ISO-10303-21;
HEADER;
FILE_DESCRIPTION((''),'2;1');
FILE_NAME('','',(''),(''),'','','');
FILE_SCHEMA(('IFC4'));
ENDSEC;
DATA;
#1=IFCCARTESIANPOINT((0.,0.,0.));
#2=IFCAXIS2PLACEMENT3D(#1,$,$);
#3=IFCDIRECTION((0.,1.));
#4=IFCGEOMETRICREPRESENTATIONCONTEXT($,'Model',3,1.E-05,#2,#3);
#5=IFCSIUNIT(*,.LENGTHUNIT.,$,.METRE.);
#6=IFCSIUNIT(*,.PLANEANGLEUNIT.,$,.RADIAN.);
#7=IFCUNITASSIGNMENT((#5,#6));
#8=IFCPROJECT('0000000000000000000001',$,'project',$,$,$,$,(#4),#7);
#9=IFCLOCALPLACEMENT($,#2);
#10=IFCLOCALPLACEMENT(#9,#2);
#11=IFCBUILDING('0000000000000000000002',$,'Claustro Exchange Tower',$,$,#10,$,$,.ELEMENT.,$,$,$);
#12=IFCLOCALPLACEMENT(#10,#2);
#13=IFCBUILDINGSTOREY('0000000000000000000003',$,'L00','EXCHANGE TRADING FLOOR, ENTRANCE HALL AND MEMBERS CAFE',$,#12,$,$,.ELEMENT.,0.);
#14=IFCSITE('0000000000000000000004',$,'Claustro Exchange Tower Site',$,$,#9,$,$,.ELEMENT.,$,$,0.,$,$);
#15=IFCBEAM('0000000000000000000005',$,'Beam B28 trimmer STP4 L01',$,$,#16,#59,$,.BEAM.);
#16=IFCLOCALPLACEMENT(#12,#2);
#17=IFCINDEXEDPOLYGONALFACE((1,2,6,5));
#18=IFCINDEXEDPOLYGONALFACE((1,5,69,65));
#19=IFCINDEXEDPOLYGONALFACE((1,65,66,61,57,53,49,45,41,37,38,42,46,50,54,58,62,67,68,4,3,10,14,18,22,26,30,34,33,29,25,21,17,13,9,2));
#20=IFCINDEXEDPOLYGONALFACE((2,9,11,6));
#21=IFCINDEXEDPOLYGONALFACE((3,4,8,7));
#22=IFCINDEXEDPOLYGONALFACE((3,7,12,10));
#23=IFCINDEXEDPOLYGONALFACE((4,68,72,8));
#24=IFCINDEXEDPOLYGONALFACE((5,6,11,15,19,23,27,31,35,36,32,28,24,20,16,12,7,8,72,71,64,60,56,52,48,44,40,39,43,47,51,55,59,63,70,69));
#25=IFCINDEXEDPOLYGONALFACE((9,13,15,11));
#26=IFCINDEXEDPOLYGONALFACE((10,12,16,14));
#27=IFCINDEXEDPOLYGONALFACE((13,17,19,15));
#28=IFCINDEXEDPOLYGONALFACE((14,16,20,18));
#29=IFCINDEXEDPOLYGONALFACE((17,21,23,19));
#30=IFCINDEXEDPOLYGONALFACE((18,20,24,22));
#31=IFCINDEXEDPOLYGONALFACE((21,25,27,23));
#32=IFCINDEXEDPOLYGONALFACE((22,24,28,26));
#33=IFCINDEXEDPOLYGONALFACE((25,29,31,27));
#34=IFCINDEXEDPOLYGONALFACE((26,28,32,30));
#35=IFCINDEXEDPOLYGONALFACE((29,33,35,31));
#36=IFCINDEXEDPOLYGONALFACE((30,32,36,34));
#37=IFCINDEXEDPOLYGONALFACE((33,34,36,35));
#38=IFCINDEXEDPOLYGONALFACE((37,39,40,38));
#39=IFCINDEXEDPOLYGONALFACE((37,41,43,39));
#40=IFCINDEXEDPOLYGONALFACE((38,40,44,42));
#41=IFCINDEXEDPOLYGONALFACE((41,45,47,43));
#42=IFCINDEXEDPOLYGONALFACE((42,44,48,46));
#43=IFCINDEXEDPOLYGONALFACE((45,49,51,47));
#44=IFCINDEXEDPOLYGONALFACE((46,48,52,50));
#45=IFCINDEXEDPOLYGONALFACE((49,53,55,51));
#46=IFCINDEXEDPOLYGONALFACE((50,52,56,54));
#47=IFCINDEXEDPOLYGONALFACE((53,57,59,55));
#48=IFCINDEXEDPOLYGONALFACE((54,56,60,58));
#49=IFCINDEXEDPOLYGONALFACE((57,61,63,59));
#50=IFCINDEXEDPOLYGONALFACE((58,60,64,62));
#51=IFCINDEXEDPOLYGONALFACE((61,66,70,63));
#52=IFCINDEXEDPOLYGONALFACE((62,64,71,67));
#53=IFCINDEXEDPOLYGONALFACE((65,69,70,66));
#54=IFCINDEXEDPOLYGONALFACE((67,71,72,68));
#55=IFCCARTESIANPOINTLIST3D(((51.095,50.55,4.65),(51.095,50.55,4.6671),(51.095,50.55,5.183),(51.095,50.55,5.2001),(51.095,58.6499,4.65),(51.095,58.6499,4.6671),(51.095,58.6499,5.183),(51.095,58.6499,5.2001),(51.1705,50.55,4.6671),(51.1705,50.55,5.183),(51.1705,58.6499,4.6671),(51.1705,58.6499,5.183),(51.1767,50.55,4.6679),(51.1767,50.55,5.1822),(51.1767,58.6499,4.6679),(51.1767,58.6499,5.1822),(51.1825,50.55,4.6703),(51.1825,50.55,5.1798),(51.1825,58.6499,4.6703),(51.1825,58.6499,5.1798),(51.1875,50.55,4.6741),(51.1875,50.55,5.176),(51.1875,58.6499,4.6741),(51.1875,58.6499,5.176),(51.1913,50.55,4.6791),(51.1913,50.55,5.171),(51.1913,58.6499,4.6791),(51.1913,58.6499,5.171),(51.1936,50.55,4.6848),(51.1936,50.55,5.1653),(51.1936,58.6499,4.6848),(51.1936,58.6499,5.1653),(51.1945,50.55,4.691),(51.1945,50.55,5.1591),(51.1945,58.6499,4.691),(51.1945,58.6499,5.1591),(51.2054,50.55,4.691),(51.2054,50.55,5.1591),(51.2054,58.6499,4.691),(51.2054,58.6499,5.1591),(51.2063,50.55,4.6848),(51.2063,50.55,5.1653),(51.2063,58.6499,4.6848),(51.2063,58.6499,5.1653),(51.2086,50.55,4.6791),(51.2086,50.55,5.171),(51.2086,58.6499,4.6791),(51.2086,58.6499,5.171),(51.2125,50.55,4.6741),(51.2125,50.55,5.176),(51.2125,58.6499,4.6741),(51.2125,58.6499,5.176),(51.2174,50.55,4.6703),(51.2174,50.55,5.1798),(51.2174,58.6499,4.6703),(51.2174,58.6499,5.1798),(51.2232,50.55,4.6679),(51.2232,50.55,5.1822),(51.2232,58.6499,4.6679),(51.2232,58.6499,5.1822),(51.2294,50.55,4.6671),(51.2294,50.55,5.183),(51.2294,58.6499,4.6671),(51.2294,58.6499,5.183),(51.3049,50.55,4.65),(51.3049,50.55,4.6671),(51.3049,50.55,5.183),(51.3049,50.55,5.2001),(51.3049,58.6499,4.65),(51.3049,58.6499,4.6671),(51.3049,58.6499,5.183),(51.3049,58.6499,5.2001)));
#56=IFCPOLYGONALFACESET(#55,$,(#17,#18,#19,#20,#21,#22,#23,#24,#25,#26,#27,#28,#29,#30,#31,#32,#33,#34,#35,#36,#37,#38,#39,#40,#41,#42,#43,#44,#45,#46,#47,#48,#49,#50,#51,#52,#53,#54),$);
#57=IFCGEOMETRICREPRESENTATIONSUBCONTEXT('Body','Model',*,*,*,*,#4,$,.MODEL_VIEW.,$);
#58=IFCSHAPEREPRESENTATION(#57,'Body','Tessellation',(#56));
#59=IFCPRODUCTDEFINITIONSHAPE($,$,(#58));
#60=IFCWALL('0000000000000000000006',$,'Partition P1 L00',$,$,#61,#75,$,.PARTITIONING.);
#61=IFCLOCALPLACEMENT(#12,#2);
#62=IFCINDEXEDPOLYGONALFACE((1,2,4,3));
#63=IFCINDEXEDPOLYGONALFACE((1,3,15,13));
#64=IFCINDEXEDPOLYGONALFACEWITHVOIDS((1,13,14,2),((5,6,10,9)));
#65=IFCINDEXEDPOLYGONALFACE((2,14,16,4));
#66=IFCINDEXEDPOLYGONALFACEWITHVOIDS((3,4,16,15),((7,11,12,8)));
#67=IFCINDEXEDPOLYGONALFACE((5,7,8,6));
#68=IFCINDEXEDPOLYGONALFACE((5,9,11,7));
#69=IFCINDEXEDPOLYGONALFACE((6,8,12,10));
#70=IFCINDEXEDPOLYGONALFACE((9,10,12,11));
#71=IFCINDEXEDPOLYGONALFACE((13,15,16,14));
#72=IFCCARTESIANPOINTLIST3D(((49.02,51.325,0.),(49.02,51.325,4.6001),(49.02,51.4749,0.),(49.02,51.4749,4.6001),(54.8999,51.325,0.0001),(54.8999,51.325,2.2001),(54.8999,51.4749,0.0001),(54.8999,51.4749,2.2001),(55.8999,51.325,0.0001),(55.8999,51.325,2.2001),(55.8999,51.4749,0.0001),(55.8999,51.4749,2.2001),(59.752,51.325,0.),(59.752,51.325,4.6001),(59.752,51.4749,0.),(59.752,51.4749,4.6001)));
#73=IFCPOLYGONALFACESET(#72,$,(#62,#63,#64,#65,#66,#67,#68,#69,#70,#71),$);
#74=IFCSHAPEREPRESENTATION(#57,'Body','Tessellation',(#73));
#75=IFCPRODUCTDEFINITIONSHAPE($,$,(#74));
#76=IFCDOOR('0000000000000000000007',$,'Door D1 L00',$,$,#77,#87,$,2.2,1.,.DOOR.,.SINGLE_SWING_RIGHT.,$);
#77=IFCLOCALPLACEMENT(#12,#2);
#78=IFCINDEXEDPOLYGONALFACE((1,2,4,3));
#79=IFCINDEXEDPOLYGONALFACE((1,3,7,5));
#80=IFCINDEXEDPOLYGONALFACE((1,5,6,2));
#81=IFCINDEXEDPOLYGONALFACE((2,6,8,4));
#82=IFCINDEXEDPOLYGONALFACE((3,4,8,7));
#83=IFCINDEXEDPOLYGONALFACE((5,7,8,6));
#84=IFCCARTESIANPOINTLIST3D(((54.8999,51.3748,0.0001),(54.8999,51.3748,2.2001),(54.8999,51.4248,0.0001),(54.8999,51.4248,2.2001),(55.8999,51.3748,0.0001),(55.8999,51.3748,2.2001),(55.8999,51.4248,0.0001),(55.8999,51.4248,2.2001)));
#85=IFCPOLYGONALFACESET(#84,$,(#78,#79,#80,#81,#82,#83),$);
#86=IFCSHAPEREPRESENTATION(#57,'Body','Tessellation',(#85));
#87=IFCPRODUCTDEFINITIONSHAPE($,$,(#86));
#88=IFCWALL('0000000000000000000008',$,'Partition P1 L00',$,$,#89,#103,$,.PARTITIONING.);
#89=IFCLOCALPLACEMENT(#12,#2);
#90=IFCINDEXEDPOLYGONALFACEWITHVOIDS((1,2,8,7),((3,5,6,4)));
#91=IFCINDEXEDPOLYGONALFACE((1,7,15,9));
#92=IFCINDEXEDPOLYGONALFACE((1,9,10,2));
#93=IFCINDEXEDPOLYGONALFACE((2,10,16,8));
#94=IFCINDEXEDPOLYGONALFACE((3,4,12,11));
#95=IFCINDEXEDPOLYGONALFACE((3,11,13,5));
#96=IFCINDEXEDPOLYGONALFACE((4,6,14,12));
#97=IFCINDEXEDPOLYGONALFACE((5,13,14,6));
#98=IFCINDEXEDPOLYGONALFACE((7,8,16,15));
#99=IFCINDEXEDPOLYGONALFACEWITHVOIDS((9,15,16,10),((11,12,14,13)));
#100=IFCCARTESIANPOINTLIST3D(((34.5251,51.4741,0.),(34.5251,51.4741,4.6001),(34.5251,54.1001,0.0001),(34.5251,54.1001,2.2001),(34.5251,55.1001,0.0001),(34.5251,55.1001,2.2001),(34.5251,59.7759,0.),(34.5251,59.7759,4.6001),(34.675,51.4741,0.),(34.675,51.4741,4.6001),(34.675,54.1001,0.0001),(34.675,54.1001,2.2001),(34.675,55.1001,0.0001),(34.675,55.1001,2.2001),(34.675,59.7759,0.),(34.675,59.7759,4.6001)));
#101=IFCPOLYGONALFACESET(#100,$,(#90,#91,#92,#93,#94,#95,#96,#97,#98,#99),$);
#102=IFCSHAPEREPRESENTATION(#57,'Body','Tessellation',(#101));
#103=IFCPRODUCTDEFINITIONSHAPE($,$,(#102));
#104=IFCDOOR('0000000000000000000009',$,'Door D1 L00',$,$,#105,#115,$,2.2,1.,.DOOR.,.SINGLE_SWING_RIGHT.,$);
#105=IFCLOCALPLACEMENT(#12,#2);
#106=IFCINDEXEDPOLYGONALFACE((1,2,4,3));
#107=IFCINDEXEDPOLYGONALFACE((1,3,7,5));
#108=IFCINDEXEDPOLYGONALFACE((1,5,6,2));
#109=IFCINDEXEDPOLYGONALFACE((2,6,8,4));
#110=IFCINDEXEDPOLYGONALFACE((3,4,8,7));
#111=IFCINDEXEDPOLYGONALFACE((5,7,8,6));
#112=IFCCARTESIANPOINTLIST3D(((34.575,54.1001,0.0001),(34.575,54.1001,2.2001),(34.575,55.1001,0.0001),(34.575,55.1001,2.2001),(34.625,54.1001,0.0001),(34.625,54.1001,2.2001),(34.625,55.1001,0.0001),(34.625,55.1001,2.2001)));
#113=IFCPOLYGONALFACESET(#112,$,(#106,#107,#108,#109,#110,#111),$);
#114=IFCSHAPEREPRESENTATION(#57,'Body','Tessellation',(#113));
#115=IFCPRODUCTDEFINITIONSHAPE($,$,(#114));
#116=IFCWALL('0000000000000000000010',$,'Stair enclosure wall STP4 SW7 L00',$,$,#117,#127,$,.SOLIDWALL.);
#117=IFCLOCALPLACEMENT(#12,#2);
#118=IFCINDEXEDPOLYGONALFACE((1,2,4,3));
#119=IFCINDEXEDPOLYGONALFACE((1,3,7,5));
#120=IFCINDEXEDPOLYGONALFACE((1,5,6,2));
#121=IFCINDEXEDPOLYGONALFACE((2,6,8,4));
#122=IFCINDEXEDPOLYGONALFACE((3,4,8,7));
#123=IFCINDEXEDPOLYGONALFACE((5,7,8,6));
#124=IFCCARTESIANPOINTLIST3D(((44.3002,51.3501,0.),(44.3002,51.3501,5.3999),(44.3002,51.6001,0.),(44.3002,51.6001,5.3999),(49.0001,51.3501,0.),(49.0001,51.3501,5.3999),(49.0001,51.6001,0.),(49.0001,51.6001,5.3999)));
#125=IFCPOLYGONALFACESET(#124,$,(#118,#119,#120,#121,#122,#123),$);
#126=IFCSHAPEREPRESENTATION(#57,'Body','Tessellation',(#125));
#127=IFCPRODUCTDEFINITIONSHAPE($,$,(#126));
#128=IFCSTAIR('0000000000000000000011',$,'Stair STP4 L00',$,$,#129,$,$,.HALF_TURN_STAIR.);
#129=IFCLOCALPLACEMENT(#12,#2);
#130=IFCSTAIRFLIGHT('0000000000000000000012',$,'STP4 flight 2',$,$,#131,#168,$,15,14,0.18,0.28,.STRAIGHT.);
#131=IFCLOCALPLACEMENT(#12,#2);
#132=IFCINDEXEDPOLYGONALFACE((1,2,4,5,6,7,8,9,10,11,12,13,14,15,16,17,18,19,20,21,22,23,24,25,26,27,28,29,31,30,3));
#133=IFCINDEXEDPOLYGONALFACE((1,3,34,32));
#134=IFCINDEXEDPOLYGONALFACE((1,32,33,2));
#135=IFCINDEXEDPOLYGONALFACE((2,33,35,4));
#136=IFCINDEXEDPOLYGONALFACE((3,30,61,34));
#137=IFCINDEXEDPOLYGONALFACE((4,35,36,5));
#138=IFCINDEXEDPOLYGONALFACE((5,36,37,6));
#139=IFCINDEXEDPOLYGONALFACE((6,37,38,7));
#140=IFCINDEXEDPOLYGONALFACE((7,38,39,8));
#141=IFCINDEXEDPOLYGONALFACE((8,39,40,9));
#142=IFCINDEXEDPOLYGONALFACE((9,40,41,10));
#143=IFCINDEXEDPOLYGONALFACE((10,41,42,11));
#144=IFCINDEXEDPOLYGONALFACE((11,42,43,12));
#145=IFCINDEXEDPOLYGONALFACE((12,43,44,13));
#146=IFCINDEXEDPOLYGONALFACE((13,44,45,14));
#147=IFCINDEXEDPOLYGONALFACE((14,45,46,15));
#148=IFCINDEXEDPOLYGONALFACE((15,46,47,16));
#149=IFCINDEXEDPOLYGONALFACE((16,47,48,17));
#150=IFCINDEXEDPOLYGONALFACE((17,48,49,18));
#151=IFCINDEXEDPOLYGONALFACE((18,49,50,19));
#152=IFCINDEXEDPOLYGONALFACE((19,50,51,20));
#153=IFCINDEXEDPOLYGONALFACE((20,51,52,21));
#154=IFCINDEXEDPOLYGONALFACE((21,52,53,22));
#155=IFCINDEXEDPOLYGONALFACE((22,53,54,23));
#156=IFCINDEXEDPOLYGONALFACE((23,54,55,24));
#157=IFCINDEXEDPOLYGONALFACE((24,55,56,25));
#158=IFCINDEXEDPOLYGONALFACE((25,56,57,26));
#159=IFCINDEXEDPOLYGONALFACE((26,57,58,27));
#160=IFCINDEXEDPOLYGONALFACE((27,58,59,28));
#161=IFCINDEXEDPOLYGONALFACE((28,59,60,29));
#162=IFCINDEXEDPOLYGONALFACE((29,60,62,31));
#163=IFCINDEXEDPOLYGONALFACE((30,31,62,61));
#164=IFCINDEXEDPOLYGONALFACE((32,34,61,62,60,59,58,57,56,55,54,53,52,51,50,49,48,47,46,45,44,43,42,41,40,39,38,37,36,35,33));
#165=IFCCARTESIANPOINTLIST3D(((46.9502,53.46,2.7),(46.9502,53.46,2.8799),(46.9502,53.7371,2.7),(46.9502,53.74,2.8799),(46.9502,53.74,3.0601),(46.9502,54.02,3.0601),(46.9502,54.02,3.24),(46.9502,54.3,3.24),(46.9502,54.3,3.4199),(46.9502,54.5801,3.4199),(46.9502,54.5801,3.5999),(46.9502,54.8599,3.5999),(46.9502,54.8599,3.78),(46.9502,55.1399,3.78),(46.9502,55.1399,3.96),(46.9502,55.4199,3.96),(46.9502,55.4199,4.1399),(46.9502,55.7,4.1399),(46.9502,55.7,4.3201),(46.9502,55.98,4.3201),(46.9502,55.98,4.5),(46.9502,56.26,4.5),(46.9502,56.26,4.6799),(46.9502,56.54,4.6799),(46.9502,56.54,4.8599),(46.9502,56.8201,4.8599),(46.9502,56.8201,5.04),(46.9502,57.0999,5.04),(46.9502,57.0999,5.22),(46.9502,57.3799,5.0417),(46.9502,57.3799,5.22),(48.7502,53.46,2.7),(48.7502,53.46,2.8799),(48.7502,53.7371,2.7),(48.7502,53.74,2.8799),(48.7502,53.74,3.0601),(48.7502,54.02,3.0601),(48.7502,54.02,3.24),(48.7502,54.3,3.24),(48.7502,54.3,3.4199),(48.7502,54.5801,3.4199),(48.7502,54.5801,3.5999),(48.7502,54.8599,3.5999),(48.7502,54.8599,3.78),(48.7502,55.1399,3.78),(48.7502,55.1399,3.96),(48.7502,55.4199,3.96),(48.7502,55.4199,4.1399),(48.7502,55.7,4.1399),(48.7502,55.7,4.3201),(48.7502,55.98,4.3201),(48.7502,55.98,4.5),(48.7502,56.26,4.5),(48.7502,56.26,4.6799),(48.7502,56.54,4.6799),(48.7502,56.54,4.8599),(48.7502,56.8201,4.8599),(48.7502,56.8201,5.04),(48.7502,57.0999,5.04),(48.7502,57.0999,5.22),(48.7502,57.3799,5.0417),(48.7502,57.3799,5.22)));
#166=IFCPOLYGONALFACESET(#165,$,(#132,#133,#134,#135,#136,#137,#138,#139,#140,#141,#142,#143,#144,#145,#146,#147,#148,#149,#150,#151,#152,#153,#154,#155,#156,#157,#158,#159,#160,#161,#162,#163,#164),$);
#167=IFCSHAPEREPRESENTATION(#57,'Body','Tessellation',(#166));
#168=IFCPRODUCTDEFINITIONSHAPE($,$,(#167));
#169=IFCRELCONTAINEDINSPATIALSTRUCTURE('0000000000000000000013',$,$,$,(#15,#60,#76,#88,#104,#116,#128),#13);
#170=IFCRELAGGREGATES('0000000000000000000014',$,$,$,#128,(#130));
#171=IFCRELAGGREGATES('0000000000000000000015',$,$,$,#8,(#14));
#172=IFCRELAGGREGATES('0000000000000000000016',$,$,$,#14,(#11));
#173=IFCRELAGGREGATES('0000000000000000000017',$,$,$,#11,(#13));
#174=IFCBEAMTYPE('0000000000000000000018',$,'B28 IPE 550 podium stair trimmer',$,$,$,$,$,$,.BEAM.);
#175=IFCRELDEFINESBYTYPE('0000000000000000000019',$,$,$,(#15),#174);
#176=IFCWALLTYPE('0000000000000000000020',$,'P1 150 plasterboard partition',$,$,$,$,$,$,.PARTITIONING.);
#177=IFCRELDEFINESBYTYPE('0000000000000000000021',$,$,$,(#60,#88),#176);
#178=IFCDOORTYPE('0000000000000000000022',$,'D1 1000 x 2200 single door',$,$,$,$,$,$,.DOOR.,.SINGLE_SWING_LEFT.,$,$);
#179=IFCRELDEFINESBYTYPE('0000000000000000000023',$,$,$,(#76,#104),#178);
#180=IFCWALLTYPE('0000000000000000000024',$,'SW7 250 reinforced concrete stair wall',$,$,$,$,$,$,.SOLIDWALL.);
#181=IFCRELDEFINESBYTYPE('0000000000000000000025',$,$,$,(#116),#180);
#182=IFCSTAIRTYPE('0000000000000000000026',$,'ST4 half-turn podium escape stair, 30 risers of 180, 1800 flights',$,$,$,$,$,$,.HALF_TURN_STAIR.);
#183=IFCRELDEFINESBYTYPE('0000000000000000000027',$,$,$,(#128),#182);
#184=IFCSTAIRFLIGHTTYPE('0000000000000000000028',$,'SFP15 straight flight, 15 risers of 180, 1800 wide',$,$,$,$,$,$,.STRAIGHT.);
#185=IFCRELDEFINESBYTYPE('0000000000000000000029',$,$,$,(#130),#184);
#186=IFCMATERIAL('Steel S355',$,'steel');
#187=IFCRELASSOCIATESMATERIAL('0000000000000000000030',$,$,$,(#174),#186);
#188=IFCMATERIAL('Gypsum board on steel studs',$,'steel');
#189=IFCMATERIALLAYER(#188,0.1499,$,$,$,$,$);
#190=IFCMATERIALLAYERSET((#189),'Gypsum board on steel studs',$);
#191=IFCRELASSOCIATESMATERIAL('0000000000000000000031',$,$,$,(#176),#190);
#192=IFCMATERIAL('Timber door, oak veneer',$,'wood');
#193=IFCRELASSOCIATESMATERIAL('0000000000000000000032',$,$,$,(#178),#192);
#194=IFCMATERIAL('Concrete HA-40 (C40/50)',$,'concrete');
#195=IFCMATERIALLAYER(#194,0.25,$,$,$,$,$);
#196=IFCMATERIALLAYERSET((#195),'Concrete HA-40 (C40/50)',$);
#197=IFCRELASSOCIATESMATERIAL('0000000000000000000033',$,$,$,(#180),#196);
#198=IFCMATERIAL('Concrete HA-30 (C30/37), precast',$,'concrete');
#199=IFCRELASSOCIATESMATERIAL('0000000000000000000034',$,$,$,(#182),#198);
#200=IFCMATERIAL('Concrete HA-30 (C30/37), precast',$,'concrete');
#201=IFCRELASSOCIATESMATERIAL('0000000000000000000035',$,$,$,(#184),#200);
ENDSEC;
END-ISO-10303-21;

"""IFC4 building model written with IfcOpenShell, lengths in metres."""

from ifc_helpers import new_model, si_unit, direction, frame, frame_2d, origin, origin_2d, place, context, subcontext, project, spatial, polyline, rectangle, i_section, outline, extrude, material, layer, layer_set, material_profile, profile_set, type_object, element, fill, aggregate, save


model = new_model("IFC4")

# Units and contexts
model_context = context("Model", 3, precision=1e-05, world=origin(), true_north=direction((0.0, 1.0)))
body_context = subcontext(model_context, "Body", "Model", "MODEL_VIEW")
ifc_project = project(units=[si_unit("LENGTHUNIT", "METRE"), si_unit("PLANEANGLEUNIT", "RADIAN")], contexts=[model_context])

# Site, building, storey
site_placement = place(None, origin())
site = spatial("IfcSite", under=ifc_project, at=site_placement, Name="Claustro Exchange Tower Site", CompositionType="ELEMENT", RefElevation=0.0)
building_placement = place(site_placement, origin())
building = spatial("IfcBuilding", under=site, at=building_placement, Name="Claustro Exchange Tower", CompositionType="ELEMENT")
storey_placement = place(building_placement, origin())
storey = spatial("IfcBuildingStorey", under=building, at=storey_placement, Name="L00", Description="EXCHANGE TRADING FLOOR, ENTRANCE HALL AND MEMBERS CAFE", CompositionType="ELEMENT", Elevation=0.0)

# Beam
ifc_material_1 = material(Name="Steel S355", Category="steel")
ifc_material_profile_1 = material_profile(ifc_material_1, i_section(OverallWidth=0.21, OverallDepth=0.55, WebThickness=0.011, FlangeThickness=0.0171, FilletRadius=0.0239, at=origin_2d()), Name="IPE 550")
ifc_profile_set_1 = profile_set([ifc_material_profile_1], Name="Steel S355")
beam_type_1 = type_object("IfcBeamType", Name="B28 IPE 550 podium stair trimmer", PredefinedType="BEAM", material=ifc_profile_set_1)
for number, where, z_axis, x_axis, name in (
    (1, (51.2, 50.55, 4.925), (0.0, 1.0, 0.0), (-1.0, 0.0, 0.0), "Beam B28 trimmer STP4 L01"),
):
    element("IfcBeam", number, at=place(storey_placement, frame(where, z_axis=z_axis, x_axis=x_axis)), inside=storey, type_object=beam_type_1, Name=name, PredefinedType="BEAM", context=body_context, shape_type="SweptSolid", body=[
        extrude(i_section(OverallWidth=0.21, OverallDepth=0.55, WebThickness=0.011, FlangeThickness=0.0171, FilletRadius=0.0239, at=origin_2d()), origin(), (0.0, 0.0, 1.0), 8.0999),
    ])

# Walls, openings, doors
ifc_material_2 = material(Name="Gypsum board on steel studs", Category="steel")
ifc_layer_1 = layer(ifc_material_2, 0.1499)
ifc_layer_set_1 = layer_set([ifc_layer_1], Name="Gypsum board on steel studs")
wall_type_1 = type_object("IfcWallType", Name="P1 150 plasterboard partition", PredefinedType="PARTITIONING", material=ifc_layer_set_1)
wall_1_placement = place(storey_placement, frame((49.02, 51.3999, 0.0), z_axis=(0.0, 0.0, 1.0), x_axis=(1.0, 0.0, 0.0)))
wall_1 = element("IfcWall", 2, at=wall_1_placement, inside=storey, type_object=wall_type_1, Name="Partition P1 L00", PredefinedType="PARTITIONING", context=body_context, shape_type="SweptSolid", body=[
    extrude(rectangle(XDim=10.7319, YDim=0.1499, at=frame_2d((5.366, 0.0))), origin(), (0.0, 0.0, 1.0), 4.6001),
])
opening_1_placement = place(wall_1_placement, frame((5.8799, 0.0, 0.0)))
opening_1 = element("IfcOpeningElement", 3, at=opening_1_placement, cuts=wall_1, PredefinedType="OPENING", context=body_context, shape_type="SweptSolid", body=[
    extrude(rectangle(XDim=1.0, YDim=2.2, at=frame_2d((0.5, 1.1001))), frame((0.0, 0.085, 0.0), z_axis=(0.0, -1.0, 0.0), x_axis=(1.0, 0.0, 0.0)), (0.0, 0.0, 1.0), 0.1699),
])
ifc_material_3 = material(Name="Timber door, oak veneer", Category="wood")
door_type = type_object("IfcDoorType", Name="D1 1000 x 2200 single door", OperationType="SINGLE_SWING_LEFT", PredefinedType="DOOR", material=ifc_material_3)
door_1_placement = place(opening_1_placement, origin())
door_1 = element("IfcDoor", 4, at=door_1_placement, inside=storey, type_object=door_type, Name="Door D1 L00", OperationType="SINGLE_SWING_RIGHT", OverallHeight=2.2, OverallWidth=1.0, PredefinedType="DOOR", context=body_context, shape_type="SweptSolid", body=[
    extrude(rectangle(XDim=1.0, YDim=2.2, at=frame_2d((0.5, 1.1001))), frame((0.0, 0.0249, 0.0), z_axis=(0.0, -1.0, 0.0), x_axis=(1.0, 0.0, 0.0)), (0.0, 0.0, 1.0), 0.05),
])
fill(opening_1, door_1)
wall_2_placement = place(storey_placement, frame((34.6001, 51.4741, 0.0), z_axis=(0.0, 0.0, 1.0), x_axis=(0.0, 1.0, 0.0)))
wall_2 = element("IfcWall", 5, at=wall_2_placement, inside=storey, type_object=wall_type_1, Name="Partition P1 L00", PredefinedType="PARTITIONING", context=body_context, shape_type="SweptSolid", body=[
    extrude(rectangle(XDim=8.3018, YDim=0.1499, at=frame_2d((4.1509, 0.0))), origin(), (0.0, 0.0, 1.0), 4.6001),
])
opening_2_placement = place(wall_2_placement, frame((2.626, 0.0, 0.0)))
opening_2 = element("IfcOpeningElement", 6, at=opening_2_placement, cuts=wall_2, PredefinedType="OPENING", context=body_context, shape_type="SweptSolid", body=[
    extrude(rectangle(XDim=1.0, YDim=2.2, at=frame_2d((0.5, 1.1001))), frame((0.0, 0.085, 0.0), z_axis=(0.0, -1.0, 0.0), x_axis=(1.0, 0.0, 0.0)), (0.0, 0.0, 1.0), 0.1699),
])
door_2_placement = place(opening_2_placement, frame((1.0, 0.0, 0.0), z_axis=(0.0, 0.0, 1.0), x_axis=(-1.0, 0.0, 0.0)))
door_2 = element("IfcDoor", 7, at=door_2_placement, inside=storey, type_object=door_type, Name="Door D1 L00", OperationType="SINGLE_SWING_RIGHT", OverallHeight=2.2, OverallWidth=1.0, PredefinedType="DOOR", context=body_context, shape_type="SweptSolid", body=[
    extrude(rectangle(XDim=1.0, YDim=2.2, at=frame_2d((0.5, 1.1001))), frame((0.0, 0.0249, 0.0), z_axis=(0.0, -1.0, 0.0), x_axis=(1.0, 0.0, 0.0)), (0.0, 0.0, 1.0), 0.05),
])
fill(opening_2, door_2)

# Wall
ifc_material_4 = material(Name="Concrete HA-40 (C40/50)", Category="concrete")
ifc_layer_2 = layer(ifc_material_4, 0.25)
ifc_layer_set_2 = layer_set([ifc_layer_2], Name="Concrete HA-40 (C40/50)")
wall_type_2 = type_object("IfcWallType", Name="SW7 250 reinforced concrete stair wall", PredefinedType="SOLIDWALL", material=ifc_layer_set_2)
wall_3_placement = place(storey_placement, frame((44.3, 51.4751, 0.0), z_axis=(0.0, 0.0, 1.0), x_axis=(1.0, 0.0, 0.0)))
element("IfcWall", 8, at=wall_3_placement, inside=storey, type_object=wall_type_2, Name="Stair enclosure wall STP4 SW7 L00", PredefinedType="SOLIDWALL", context=body_context, shape_type="SweptSolid", body=[
    extrude(rectangle(XDim=4.7, YDim=0.25, at=frame_2d((2.3501, 0.0))), origin(), (0.0, 0.0, 1.0), 5.3999),
])

# Stair, stair flight
ifc_material_5 = material(Name="Concrete HA-30 (C30/37), precast", Category="concrete")
stair_type = type_object("IfcStairType", Name="ST4 half-turn podium escape stair, 30 risers of 180, 1800 flights", PredefinedType="HALF_TURN_STAIR", material=ifc_material_5)
stair_placement = place(storey_placement, origin())
stair = element("IfcStair", 9, at=stair_placement, inside=storey, type_object=stair_type, Name="Stair STP4 L00", PredefinedType="HALF_TURN_STAIR")
ifc_material_6 = material(Name="Concrete HA-30 (C30/37), precast", Category="concrete")
stair_flight_type = type_object("IfcStairFlightType", Name="SFP15 straight flight, 15 risers of 180, 1800 wide", PredefinedType="STRAIGHT", material=ifc_material_6)
stair_flight_placement = place(storey_placement, frame((47.8501, 53.46, 2.7), z_axis=(0.0, 0.0, 1.0), x_axis=(0.0, 1.0, 0.0)))
stair_flight = element("IfcStairFlight", 10, at=stair_flight_placement, type_object=stair_flight_type, Name="STP4 flight 2", NumberOfRisers=15, NumberOfTreads=14, PredefinedType="STRAIGHT", RiserHeight=0.18, TreadLength=0.28, context=body_context, shape_type="SweptSolid", body=[
    extrude(outline(polyline([(0.0, 0.0), (0.0, 0.1799), (0.28, 0.1799), (0.28, 0.3601), (0.5601, 0.3601), (0.5601, 0.54), (0.8401, 0.54), (0.8401, 0.72), (1.1201, 0.72), (1.1201, 0.8999), (1.3999, 0.8999), (1.3999, 1.0801), (1.6799, 1.0801), (1.6799, 1.26), (1.96, 1.26), (1.96, 1.4399), (2.24, 1.4399), (2.24, 1.6201), (2.52, 1.6201), (2.52, 1.8), (2.8, 1.8), (2.8, 1.98), (3.0801, 1.98), (3.0801, 2.1599), (3.3601, 2.1599), (3.3601, 2.3401), (3.6399, 2.3401), (3.6399, 2.52), (3.9199, 2.52), (3.9199, 2.7), (3.9199, 2.3418), (0.2771, 0.0), (0.0, 0.0)])), frame((0.0, 0.8999, 0.0), z_axis=(0.0, -1.0, 0.0), x_axis=(1.0, 0.0, 0.0)), (0.0, 0.0, 1.0), 1.8),
])
aggregate(stair, [stair_flight])

save(model, "model.ifc")
